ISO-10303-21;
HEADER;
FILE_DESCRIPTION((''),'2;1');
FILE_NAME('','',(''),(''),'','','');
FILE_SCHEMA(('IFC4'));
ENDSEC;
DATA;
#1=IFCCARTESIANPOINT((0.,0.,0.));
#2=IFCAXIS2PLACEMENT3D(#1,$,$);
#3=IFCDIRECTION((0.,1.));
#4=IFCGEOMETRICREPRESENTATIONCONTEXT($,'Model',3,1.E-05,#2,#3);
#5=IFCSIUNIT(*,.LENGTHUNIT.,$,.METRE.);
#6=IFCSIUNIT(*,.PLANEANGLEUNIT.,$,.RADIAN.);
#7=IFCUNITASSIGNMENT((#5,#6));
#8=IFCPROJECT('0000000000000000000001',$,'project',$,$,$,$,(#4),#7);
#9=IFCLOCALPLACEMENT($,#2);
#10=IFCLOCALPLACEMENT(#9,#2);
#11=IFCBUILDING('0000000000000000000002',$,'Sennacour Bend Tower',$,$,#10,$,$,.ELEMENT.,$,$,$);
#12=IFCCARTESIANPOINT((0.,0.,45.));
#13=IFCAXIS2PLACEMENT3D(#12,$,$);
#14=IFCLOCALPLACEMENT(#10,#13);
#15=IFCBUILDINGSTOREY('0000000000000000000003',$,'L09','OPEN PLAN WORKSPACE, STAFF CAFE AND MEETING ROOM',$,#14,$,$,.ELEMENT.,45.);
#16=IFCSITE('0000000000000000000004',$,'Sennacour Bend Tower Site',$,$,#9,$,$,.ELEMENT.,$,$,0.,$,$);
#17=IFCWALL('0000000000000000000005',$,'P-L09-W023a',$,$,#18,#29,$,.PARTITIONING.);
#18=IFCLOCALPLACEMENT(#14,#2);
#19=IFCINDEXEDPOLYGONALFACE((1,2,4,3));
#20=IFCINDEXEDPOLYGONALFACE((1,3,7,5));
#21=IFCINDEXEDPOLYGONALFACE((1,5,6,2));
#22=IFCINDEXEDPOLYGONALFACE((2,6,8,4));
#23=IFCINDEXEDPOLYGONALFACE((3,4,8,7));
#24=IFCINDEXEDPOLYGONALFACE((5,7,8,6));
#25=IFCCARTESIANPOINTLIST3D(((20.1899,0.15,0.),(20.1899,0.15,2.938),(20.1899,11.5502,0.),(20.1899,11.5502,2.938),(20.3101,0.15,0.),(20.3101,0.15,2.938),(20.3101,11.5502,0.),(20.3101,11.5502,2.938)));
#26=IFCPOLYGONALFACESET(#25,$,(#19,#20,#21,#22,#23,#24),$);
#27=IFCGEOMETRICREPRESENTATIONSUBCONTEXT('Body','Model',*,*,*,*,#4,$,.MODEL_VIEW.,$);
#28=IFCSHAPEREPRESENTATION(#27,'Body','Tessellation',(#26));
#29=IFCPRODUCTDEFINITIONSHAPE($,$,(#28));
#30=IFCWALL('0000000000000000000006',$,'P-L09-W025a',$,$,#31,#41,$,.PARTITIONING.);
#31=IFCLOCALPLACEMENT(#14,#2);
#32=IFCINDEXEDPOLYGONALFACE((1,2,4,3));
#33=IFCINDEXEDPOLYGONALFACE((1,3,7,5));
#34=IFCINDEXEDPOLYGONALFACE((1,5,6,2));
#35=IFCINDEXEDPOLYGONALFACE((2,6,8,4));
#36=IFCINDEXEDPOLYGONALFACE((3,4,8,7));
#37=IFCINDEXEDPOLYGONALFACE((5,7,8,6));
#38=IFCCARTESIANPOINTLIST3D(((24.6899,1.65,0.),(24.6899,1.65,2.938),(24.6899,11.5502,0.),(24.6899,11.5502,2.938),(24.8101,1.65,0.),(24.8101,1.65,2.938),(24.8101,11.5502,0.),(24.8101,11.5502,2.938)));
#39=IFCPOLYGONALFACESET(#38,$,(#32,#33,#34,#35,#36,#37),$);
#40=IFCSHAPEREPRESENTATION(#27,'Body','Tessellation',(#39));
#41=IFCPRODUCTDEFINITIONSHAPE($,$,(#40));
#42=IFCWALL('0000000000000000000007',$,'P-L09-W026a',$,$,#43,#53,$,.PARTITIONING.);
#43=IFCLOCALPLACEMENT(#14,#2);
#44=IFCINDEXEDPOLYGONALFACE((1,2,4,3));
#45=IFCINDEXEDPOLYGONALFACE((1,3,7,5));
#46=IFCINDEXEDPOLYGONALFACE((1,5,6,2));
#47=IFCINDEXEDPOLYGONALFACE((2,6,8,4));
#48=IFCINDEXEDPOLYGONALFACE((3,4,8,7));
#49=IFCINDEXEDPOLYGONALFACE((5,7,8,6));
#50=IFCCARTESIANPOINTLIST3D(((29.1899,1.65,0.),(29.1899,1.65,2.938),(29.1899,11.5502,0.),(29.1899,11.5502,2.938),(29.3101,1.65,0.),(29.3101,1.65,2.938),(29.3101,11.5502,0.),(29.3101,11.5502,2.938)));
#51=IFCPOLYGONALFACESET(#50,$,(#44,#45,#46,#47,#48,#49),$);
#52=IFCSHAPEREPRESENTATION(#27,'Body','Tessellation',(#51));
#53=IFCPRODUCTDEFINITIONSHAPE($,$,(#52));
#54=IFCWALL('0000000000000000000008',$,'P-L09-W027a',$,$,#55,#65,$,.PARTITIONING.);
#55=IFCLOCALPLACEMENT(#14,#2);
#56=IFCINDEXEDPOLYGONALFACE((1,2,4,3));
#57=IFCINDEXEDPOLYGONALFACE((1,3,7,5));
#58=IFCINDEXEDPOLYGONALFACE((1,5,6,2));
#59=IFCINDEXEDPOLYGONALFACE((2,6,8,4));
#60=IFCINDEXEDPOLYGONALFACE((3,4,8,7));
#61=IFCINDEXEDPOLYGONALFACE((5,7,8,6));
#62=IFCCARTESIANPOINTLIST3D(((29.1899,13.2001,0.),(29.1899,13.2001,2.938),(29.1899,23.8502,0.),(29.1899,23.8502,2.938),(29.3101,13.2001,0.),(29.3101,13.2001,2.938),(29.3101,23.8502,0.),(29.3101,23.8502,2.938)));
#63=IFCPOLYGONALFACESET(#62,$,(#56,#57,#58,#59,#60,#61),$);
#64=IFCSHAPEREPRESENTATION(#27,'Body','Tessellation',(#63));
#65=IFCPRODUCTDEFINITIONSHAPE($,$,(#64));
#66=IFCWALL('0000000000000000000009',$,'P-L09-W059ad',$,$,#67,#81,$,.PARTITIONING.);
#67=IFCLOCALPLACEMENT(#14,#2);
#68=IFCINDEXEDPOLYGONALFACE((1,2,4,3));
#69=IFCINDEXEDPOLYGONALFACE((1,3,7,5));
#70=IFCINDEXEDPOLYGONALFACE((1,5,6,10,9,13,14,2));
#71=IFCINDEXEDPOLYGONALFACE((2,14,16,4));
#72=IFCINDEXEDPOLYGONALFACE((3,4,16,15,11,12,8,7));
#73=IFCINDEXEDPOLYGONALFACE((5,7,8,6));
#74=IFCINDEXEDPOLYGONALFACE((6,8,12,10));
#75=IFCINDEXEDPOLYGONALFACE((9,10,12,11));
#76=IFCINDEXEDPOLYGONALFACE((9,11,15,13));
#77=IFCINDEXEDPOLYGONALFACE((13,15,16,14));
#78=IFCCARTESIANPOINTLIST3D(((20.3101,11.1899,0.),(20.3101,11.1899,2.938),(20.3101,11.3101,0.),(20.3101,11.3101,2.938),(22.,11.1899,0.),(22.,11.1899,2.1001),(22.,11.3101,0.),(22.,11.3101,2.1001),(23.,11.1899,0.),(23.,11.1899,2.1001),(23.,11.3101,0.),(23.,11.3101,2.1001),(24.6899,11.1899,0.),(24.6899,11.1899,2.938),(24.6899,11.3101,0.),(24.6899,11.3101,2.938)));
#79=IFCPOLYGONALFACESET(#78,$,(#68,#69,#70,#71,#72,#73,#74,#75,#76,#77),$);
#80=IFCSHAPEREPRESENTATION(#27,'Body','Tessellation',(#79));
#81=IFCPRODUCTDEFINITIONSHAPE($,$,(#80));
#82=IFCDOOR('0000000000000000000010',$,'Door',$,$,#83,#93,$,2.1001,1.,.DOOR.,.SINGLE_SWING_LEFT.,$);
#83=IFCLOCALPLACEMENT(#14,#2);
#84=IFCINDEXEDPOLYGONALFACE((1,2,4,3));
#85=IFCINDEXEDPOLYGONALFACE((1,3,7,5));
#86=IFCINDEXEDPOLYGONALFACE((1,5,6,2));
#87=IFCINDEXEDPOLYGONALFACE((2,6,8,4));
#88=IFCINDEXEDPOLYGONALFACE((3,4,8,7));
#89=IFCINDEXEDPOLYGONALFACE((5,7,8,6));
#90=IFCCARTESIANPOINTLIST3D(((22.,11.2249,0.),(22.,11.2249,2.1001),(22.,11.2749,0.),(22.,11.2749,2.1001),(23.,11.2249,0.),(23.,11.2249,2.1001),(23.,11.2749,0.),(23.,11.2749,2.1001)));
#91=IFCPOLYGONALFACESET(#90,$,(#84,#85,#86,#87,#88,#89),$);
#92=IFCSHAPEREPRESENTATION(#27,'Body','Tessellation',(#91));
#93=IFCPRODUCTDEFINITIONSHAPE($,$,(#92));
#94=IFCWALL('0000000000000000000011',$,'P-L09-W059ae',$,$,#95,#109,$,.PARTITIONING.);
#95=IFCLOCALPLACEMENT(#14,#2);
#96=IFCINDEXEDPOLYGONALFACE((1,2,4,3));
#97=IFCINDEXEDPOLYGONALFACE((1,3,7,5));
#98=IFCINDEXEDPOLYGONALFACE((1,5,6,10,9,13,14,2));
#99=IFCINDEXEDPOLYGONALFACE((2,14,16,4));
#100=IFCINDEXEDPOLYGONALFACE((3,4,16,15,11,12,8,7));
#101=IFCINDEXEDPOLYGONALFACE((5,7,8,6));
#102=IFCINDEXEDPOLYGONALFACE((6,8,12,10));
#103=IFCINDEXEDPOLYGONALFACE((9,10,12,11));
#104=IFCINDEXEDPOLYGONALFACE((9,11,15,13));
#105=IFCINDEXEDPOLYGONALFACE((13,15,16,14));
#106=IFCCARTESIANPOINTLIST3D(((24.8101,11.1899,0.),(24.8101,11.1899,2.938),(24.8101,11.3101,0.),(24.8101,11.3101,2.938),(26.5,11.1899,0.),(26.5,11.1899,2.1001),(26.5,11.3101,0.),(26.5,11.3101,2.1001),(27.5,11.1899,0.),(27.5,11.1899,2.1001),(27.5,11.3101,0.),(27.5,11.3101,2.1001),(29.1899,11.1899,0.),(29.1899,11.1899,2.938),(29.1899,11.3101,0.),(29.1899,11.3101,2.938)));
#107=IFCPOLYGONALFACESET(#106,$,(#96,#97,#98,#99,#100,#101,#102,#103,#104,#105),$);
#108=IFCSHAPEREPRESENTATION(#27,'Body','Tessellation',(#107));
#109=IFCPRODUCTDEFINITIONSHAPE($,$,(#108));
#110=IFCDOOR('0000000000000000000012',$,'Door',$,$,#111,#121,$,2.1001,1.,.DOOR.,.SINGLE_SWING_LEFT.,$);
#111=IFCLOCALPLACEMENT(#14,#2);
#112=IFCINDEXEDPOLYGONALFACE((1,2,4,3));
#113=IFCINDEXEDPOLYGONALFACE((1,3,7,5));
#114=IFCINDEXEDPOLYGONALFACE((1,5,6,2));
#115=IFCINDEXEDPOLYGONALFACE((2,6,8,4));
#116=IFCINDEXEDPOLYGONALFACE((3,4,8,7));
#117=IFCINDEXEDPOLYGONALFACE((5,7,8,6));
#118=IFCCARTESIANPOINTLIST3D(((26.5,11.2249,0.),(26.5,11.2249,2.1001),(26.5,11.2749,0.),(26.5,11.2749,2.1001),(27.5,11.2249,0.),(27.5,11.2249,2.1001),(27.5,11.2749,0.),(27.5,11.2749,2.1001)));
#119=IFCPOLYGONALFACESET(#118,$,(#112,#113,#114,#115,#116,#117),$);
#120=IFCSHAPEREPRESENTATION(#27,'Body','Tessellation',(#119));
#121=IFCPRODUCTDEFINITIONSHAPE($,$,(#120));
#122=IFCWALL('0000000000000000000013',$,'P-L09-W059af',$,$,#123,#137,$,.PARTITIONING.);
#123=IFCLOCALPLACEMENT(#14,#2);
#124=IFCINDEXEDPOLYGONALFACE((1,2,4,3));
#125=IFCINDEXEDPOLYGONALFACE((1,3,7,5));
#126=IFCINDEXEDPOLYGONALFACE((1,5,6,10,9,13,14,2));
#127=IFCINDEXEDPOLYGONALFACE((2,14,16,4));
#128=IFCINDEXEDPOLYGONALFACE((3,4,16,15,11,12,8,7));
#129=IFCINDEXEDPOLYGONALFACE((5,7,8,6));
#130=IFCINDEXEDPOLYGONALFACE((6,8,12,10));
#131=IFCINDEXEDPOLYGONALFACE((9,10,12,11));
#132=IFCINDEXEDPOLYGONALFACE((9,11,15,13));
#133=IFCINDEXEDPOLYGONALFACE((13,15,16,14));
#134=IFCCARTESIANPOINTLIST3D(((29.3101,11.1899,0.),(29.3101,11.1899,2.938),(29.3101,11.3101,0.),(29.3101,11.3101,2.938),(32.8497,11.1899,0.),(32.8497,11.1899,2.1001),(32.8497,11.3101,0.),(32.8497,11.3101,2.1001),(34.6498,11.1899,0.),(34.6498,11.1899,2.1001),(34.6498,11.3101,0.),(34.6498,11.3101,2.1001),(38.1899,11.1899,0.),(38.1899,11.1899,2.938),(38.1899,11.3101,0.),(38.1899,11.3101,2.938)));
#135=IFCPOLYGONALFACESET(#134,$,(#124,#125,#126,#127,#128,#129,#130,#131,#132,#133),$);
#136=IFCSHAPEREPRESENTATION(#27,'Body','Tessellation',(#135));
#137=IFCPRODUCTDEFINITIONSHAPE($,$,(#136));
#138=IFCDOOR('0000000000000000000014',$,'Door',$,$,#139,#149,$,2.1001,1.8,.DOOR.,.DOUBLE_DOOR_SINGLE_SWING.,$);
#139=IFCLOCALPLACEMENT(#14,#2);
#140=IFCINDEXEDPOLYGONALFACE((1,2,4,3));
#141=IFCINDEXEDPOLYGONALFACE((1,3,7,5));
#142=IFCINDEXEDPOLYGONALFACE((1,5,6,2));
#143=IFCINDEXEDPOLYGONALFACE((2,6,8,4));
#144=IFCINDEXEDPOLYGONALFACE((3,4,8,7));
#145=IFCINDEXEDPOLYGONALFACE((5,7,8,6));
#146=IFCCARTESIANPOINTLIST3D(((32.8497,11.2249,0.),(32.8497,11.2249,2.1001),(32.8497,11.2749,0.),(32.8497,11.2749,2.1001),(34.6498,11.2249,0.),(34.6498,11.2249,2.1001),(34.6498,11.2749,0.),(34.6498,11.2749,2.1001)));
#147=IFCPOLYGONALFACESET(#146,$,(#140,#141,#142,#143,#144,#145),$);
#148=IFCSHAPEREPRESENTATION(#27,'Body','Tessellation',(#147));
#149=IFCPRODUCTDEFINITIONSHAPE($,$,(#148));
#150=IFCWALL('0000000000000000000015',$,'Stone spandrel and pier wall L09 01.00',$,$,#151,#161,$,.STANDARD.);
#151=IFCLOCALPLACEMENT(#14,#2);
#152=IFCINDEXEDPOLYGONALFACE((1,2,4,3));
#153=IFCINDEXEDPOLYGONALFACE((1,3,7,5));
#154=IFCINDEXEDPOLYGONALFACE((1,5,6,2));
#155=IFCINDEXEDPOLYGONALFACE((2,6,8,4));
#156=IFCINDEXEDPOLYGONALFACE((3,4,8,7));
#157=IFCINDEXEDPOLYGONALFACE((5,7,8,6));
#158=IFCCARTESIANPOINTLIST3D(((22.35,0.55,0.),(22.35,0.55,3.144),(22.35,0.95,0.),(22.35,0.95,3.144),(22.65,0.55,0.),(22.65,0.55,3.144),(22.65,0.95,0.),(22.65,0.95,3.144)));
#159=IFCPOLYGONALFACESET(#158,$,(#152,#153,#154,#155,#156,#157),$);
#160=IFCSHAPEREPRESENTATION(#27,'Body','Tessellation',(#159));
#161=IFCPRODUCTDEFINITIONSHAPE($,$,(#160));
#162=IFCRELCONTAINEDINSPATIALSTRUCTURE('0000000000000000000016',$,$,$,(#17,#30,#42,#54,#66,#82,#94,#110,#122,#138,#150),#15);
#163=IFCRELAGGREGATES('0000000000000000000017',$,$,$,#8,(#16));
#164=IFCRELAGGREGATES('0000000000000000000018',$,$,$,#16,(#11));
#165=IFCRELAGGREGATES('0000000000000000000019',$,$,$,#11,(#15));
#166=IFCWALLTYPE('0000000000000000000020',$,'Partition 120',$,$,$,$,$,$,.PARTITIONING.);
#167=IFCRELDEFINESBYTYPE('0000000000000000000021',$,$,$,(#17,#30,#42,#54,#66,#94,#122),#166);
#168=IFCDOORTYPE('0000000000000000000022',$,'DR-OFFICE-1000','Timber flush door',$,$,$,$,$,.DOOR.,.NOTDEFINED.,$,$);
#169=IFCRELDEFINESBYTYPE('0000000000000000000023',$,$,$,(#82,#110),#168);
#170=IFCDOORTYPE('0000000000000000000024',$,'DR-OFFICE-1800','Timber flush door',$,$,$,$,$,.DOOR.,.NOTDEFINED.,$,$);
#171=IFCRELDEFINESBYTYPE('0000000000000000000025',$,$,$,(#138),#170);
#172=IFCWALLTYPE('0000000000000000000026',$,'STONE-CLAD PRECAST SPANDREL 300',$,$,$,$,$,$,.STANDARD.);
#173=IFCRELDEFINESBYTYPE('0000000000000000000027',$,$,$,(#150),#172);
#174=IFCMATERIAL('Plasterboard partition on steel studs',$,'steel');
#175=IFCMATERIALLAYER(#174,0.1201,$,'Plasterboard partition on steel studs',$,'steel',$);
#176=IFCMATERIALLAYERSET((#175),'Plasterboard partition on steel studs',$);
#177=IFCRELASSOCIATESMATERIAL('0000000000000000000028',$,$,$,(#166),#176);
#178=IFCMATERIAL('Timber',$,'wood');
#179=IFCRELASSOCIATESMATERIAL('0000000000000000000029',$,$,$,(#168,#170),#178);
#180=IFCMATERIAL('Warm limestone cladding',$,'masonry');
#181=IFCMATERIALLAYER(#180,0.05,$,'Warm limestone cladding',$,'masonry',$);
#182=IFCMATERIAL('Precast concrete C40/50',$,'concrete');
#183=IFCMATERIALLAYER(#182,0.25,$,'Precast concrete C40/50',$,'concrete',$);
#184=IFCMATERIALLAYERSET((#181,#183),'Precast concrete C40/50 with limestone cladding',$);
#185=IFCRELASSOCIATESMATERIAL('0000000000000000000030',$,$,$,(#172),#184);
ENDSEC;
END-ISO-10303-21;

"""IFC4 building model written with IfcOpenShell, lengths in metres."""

from ifc_helpers import new_model, si_unit, direction, frame, frame_2d, origin, place, context, subcontext, project, spatial, rectangle, extrude, material, layer, layer_set, type_object, element, fill, save


model = new_model("IFC4")

# Units and contexts
model_context = context("Model", 3, precision=1e-05, world=origin(), true_north=direction((0.0, 1.0)))
body_context = subcontext(model_context, "Body", "Model", "MODEL_VIEW")
ifc_project = project(units=[si_unit("LENGTHUNIT", "METRE"), si_unit("PLANEANGLEUNIT", "RADIAN")], contexts=[model_context])

# Site, building, storey
site_placement = place(None, origin())
site = spatial("IfcSite", under=ifc_project, at=site_placement, Name="Sennacour Bend Tower Site", CompositionType="ELEMENT", RefElevation=0.0)
building_placement = place(site_placement, origin())
building = spatial("IfcBuilding", under=site, at=building_placement, Name="Sennacour Bend Tower", CompositionType="ELEMENT")
storey_placement = place(building_placement, frame((0.0, 0.0, 45.0)))
storey = spatial("IfcBuildingStorey", under=building, at=storey_placement, Name="L09", Description="OPEN PLAN WORKSPACE, STAFF CAFE AND MEETING ROOM", CompositionType="ELEMENT", Elevation=45.0)

# Walls
ifc_material_1 = material(Name="Plasterboard partition on steel studs", Category="steel")
ifc_layer_1 = layer(ifc_material_1, 0.1201, Name="Plasterboard partition on steel studs", Category="steel")
ifc_layer_set_1 = layer_set([ifc_layer_1], Name="Plasterboard partition on steel studs")
wall_type_1 = type_object("IfcWallType", Name="Partition 120", PredefinedType="PARTITIONING", material=ifc_layer_set_1)
wall_1_placement = place(storey_placement, frame((20.25, 0.1499, 0.0), z_axis=(0.0, 0.0, 1.0), x_axis=(0.0, 1.0, 0.0)))
element("IfcWall", 1, at=wall_1_placement, inside=storey, type_object=wall_type_1, Name="P-L09-W023a", PredefinedType="PARTITIONING", context=body_context, shape_type="SweptSolid", body=[
    extrude(rectangle(XDim=11.4001, YDim=0.1201, at=frame_2d((5.7002, 0.0))), origin(), (0.0, 0.0, 1.0), 2.938),
])
for number, where, z_axis, x_axis, name in (
    (2, (24.75, 1.6499, 0.0), (0.0, 0.0, 1.0), (0.0, 1.0, 0.0), "P-L09-W025a"),
    (3, (29.25, 1.6499, 0.0), (0.0, 0.0, 1.0), (0.0, 1.0, 0.0), "P-L09-W026a"),
):
    element("IfcWall", number, at=place(storey_placement, frame(where, z_axis=z_axis, x_axis=x_axis)), inside=storey, type_object=wall_type_1, Name=name, PredefinedType="PARTITIONING", context=body_context, shape_type="SweptSolid", body=[
        extrude(rectangle(XDim=9.9001, YDim=0.1201, at=frame_2d((4.9502, 0.0))), origin(), (0.0, 0.0, 1.0), 2.938),
    ])
wall_2_placement = place(storey_placement, frame((29.25, 13.2, 0.0), z_axis=(0.0, 0.0, 1.0), x_axis=(0.0, 1.0, 0.0)))
element("IfcWall", 4, at=wall_2_placement, inside=storey, type_object=wall_type_1, Name="P-L09-W027a", PredefinedType="PARTITIONING", context=body_context, shape_type="SweptSolid", body=[
    extrude(rectangle(XDim=10.6501, YDim=0.1201, at=frame_2d((5.3252, 0.0))), origin(), (0.0, 0.0, 1.0), 2.938),
])

# Walls, openings, doors
wall_3_placement = place(storey_placement, frame((20.3101, 11.25, 0.0), z_axis=(0.0, 0.0, 1.0), x_axis=(1.0, 0.0, 0.0)))
wall_3 = element("IfcWall", 5, at=wall_3_placement, inside=storey, type_object=wall_type_1, Name="P-L09-W059ad", PredefinedType="PARTITIONING", context=body_context, shape_type="SweptSolid", body=[
    extrude(rectangle(XDim=4.3799, YDim=0.1201, at=frame_2d((2.1899, 0.0))), origin(), (0.0, 0.0, 1.0), 2.938),
])
opening_1_placement = place(wall_3_placement, frame((1.6899, 0.0, 0.0)))
opening_1 = element("IfcOpeningElement", 6, at=opening_1_placement, cuts=wall_3, PredefinedType="OPENING", context=body_context, shape_type="SweptSolid", body=[
    extrude(rectangle(XDim=1.0, YDim=2.1001, at=frame_2d((0.5, 1.05))), frame((0.0, 0.0701, 0.0), z_axis=(0.0, -1.0, 0.0), x_axis=(1.0, 0.0, 0.0)), (0.0, 0.0, 1.0), 0.1401),
])
ifc_material_2 = material(Name="Timber", Category="wood")
door_type_1 = type_object("IfcDoorType", Name="DR-OFFICE-1000", Description="Timber flush door", OperationType="NOTDEFINED", PredefinedType="DOOR", material=ifc_material_2)
door_1_placement = place(opening_1_placement, origin())
door_1 = element("IfcDoor", 7, at=door_1_placement, inside=storey, type_object=door_type_1, Name="Door", OperationType="SINGLE_SWING_LEFT", OverallHeight=2.1001, OverallWidth=1.0, PredefinedType="DOOR", context=body_context, shape_type="SweptSolid", body=[
    extrude(rectangle(XDim=1.0, YDim=2.1001, at=frame_2d((0.5, 1.05))), frame((0.0, 0.0249, 0.0), z_axis=(0.0, -1.0, 0.0), x_axis=(1.0, 0.0, 0.0)), (0.0, 0.0, 1.0), 0.05),
])
fill(opening_1, door_1)
wall_4_placement = place(storey_placement, frame((24.8101, 11.25, 0.0), z_axis=(0.0, 0.0, 1.0), x_axis=(1.0, 0.0, 0.0)))
wall_4 = element("IfcWall", 8, at=wall_4_placement, inside=storey, type_object=wall_type_1, Name="P-L09-W059ae", PredefinedType="PARTITIONING", context=body_context, shape_type="SweptSolid", body=[
    extrude(rectangle(XDim=4.3799, YDim=0.1201, at=frame_2d((2.1899, 0.0))), origin(), (0.0, 0.0, 1.0), 2.938),
])
opening_2_placement = place(wall_4_placement, frame((1.6899, 0.0, 0.0)))
opening_2 = element("IfcOpeningElement", 9, at=opening_2_placement, cuts=wall_4, PredefinedType="OPENING", context=body_context, shape_type="SweptSolid", body=[
    extrude(rectangle(XDim=1.0, YDim=2.1001, at=frame_2d((0.5, 1.05))), frame((0.0, 0.0701, 0.0), z_axis=(0.0, -1.0, 0.0), x_axis=(1.0, 0.0, 0.0)), (0.0, 0.0, 1.0), 0.1401),
])
door_2_placement = place(opening_2_placement, origin())
door_2 = element("IfcDoor", 10, at=door_2_placement, inside=storey, type_object=door_type_1, Name="Door", OperationType="SINGLE_SWING_LEFT", OverallHeight=2.1001, OverallWidth=1.0, PredefinedType="DOOR", context=body_context, shape_type="SweptSolid", body=[
    extrude(rectangle(XDim=1.0, YDim=2.1001, at=frame_2d((0.5, 1.05))), frame((0.0, 0.0249, 0.0), z_axis=(0.0, -1.0, 0.0), x_axis=(1.0, 0.0, 0.0)), (0.0, 0.0, 1.0), 0.05),
])
fill(opening_2, door_2)
wall_5_placement = place(storey_placement, frame((29.3101, 11.25, 0.0), z_axis=(0.0, 0.0, 1.0), x_axis=(1.0, 0.0, 0.0)))
wall_5 = element("IfcWall", 11, at=wall_5_placement, inside=storey, type_object=wall_type_1, Name="P-L09-W059af", PredefinedType="PARTITIONING", context=body_context, shape_type="SweptSolid", body=[
    extrude(rectangle(XDim=8.8799, YDim=0.1201, at=frame_2d((4.4399, 0.0))), origin(), (0.0, 0.0, 1.0), 2.938),
])
opening_3_placement = place(wall_5_placement, frame((3.5398, 0.0, 0.0)))
opening_3 = element("IfcOpeningElement", 12, at=opening_3_placement, cuts=wall_5, PredefinedType="OPENING", context=body_context, shape_type="SweptSolid", body=[
    extrude(rectangle(XDim=1.8, YDim=2.1001, at=frame_2d((0.8999, 1.05))), frame((0.0, 0.0701, 0.0), z_axis=(0.0, -1.0, 0.0), x_axis=(1.0, 0.0, 0.0)), (0.0, 0.0, 1.0), 0.1401),
])
door_type_2 = type_object("IfcDoorType", Name="DR-OFFICE-1800", Description="Timber flush door", OperationType="NOTDEFINED", PredefinedType="DOOR", material=ifc_material_2)
door_3_placement = place(opening_3_placement, origin())
door_3 = element("IfcDoor", 13, at=door_3_placement, inside=storey, type_object=door_type_2, Name="Door", OperationType="DOUBLE_DOOR_SINGLE_SWING", OverallHeight=2.1001, OverallWidth=1.8, PredefinedType="DOOR", context=body_context, shape_type="SweptSolid", body=[
    extrude(rectangle(XDim=1.8, YDim=2.1001, at=frame_2d((0.8999, 1.05))), frame((0.0, 0.0249, 0.0), z_axis=(0.0, -1.0, 0.0), x_axis=(1.0, 0.0, 0.0)), (0.0, 0.0, 1.0), 0.05),
])
fill(opening_3, door_3)

# Wall
ifc_material_3 = material(Name="Warm limestone cladding", Category="masonry")
ifc_layer_2 = layer(ifc_material_3, 0.05, Name="Warm limestone cladding", Category="masonry")
ifc_material_4 = material(Name="Precast concrete C40/50", Category="concrete")
ifc_layer_3 = layer(ifc_material_4, 0.25, Name="Precast concrete C40/50", Category="concrete")
ifc_layer_set_2 = layer_set([ifc_layer_2, ifc_layer_3], Name="Precast concrete C40/50 with limestone cladding")
wall_type_2 = type_object("IfcWallType", Name="STONE-CLAD PRECAST SPANDREL 300", PredefinedType="STANDARD", material=ifc_layer_set_2)
wall_6_placement = place(storey_placement, frame((22.5, 0.55, 0.0), z_axis=(0.0, 0.0, 1.0), x_axis=(0.0, 1.0, 0.0)))
element("IfcWall", 14, at=wall_6_placement, inside=storey, type_object=wall_type_2, Name="Stone spandrel and pier wall L09 01.00", PredefinedType="STANDARD", context=body_context, shape_type="SweptSolid", body=[
    extrude(rectangle(XDim=0.3999, YDim=0.3, at=frame_2d((0.2, 0.0))), origin(), (0.0, 0.0, 1.0), 3.144),
])

save(model, "model.ifc")
